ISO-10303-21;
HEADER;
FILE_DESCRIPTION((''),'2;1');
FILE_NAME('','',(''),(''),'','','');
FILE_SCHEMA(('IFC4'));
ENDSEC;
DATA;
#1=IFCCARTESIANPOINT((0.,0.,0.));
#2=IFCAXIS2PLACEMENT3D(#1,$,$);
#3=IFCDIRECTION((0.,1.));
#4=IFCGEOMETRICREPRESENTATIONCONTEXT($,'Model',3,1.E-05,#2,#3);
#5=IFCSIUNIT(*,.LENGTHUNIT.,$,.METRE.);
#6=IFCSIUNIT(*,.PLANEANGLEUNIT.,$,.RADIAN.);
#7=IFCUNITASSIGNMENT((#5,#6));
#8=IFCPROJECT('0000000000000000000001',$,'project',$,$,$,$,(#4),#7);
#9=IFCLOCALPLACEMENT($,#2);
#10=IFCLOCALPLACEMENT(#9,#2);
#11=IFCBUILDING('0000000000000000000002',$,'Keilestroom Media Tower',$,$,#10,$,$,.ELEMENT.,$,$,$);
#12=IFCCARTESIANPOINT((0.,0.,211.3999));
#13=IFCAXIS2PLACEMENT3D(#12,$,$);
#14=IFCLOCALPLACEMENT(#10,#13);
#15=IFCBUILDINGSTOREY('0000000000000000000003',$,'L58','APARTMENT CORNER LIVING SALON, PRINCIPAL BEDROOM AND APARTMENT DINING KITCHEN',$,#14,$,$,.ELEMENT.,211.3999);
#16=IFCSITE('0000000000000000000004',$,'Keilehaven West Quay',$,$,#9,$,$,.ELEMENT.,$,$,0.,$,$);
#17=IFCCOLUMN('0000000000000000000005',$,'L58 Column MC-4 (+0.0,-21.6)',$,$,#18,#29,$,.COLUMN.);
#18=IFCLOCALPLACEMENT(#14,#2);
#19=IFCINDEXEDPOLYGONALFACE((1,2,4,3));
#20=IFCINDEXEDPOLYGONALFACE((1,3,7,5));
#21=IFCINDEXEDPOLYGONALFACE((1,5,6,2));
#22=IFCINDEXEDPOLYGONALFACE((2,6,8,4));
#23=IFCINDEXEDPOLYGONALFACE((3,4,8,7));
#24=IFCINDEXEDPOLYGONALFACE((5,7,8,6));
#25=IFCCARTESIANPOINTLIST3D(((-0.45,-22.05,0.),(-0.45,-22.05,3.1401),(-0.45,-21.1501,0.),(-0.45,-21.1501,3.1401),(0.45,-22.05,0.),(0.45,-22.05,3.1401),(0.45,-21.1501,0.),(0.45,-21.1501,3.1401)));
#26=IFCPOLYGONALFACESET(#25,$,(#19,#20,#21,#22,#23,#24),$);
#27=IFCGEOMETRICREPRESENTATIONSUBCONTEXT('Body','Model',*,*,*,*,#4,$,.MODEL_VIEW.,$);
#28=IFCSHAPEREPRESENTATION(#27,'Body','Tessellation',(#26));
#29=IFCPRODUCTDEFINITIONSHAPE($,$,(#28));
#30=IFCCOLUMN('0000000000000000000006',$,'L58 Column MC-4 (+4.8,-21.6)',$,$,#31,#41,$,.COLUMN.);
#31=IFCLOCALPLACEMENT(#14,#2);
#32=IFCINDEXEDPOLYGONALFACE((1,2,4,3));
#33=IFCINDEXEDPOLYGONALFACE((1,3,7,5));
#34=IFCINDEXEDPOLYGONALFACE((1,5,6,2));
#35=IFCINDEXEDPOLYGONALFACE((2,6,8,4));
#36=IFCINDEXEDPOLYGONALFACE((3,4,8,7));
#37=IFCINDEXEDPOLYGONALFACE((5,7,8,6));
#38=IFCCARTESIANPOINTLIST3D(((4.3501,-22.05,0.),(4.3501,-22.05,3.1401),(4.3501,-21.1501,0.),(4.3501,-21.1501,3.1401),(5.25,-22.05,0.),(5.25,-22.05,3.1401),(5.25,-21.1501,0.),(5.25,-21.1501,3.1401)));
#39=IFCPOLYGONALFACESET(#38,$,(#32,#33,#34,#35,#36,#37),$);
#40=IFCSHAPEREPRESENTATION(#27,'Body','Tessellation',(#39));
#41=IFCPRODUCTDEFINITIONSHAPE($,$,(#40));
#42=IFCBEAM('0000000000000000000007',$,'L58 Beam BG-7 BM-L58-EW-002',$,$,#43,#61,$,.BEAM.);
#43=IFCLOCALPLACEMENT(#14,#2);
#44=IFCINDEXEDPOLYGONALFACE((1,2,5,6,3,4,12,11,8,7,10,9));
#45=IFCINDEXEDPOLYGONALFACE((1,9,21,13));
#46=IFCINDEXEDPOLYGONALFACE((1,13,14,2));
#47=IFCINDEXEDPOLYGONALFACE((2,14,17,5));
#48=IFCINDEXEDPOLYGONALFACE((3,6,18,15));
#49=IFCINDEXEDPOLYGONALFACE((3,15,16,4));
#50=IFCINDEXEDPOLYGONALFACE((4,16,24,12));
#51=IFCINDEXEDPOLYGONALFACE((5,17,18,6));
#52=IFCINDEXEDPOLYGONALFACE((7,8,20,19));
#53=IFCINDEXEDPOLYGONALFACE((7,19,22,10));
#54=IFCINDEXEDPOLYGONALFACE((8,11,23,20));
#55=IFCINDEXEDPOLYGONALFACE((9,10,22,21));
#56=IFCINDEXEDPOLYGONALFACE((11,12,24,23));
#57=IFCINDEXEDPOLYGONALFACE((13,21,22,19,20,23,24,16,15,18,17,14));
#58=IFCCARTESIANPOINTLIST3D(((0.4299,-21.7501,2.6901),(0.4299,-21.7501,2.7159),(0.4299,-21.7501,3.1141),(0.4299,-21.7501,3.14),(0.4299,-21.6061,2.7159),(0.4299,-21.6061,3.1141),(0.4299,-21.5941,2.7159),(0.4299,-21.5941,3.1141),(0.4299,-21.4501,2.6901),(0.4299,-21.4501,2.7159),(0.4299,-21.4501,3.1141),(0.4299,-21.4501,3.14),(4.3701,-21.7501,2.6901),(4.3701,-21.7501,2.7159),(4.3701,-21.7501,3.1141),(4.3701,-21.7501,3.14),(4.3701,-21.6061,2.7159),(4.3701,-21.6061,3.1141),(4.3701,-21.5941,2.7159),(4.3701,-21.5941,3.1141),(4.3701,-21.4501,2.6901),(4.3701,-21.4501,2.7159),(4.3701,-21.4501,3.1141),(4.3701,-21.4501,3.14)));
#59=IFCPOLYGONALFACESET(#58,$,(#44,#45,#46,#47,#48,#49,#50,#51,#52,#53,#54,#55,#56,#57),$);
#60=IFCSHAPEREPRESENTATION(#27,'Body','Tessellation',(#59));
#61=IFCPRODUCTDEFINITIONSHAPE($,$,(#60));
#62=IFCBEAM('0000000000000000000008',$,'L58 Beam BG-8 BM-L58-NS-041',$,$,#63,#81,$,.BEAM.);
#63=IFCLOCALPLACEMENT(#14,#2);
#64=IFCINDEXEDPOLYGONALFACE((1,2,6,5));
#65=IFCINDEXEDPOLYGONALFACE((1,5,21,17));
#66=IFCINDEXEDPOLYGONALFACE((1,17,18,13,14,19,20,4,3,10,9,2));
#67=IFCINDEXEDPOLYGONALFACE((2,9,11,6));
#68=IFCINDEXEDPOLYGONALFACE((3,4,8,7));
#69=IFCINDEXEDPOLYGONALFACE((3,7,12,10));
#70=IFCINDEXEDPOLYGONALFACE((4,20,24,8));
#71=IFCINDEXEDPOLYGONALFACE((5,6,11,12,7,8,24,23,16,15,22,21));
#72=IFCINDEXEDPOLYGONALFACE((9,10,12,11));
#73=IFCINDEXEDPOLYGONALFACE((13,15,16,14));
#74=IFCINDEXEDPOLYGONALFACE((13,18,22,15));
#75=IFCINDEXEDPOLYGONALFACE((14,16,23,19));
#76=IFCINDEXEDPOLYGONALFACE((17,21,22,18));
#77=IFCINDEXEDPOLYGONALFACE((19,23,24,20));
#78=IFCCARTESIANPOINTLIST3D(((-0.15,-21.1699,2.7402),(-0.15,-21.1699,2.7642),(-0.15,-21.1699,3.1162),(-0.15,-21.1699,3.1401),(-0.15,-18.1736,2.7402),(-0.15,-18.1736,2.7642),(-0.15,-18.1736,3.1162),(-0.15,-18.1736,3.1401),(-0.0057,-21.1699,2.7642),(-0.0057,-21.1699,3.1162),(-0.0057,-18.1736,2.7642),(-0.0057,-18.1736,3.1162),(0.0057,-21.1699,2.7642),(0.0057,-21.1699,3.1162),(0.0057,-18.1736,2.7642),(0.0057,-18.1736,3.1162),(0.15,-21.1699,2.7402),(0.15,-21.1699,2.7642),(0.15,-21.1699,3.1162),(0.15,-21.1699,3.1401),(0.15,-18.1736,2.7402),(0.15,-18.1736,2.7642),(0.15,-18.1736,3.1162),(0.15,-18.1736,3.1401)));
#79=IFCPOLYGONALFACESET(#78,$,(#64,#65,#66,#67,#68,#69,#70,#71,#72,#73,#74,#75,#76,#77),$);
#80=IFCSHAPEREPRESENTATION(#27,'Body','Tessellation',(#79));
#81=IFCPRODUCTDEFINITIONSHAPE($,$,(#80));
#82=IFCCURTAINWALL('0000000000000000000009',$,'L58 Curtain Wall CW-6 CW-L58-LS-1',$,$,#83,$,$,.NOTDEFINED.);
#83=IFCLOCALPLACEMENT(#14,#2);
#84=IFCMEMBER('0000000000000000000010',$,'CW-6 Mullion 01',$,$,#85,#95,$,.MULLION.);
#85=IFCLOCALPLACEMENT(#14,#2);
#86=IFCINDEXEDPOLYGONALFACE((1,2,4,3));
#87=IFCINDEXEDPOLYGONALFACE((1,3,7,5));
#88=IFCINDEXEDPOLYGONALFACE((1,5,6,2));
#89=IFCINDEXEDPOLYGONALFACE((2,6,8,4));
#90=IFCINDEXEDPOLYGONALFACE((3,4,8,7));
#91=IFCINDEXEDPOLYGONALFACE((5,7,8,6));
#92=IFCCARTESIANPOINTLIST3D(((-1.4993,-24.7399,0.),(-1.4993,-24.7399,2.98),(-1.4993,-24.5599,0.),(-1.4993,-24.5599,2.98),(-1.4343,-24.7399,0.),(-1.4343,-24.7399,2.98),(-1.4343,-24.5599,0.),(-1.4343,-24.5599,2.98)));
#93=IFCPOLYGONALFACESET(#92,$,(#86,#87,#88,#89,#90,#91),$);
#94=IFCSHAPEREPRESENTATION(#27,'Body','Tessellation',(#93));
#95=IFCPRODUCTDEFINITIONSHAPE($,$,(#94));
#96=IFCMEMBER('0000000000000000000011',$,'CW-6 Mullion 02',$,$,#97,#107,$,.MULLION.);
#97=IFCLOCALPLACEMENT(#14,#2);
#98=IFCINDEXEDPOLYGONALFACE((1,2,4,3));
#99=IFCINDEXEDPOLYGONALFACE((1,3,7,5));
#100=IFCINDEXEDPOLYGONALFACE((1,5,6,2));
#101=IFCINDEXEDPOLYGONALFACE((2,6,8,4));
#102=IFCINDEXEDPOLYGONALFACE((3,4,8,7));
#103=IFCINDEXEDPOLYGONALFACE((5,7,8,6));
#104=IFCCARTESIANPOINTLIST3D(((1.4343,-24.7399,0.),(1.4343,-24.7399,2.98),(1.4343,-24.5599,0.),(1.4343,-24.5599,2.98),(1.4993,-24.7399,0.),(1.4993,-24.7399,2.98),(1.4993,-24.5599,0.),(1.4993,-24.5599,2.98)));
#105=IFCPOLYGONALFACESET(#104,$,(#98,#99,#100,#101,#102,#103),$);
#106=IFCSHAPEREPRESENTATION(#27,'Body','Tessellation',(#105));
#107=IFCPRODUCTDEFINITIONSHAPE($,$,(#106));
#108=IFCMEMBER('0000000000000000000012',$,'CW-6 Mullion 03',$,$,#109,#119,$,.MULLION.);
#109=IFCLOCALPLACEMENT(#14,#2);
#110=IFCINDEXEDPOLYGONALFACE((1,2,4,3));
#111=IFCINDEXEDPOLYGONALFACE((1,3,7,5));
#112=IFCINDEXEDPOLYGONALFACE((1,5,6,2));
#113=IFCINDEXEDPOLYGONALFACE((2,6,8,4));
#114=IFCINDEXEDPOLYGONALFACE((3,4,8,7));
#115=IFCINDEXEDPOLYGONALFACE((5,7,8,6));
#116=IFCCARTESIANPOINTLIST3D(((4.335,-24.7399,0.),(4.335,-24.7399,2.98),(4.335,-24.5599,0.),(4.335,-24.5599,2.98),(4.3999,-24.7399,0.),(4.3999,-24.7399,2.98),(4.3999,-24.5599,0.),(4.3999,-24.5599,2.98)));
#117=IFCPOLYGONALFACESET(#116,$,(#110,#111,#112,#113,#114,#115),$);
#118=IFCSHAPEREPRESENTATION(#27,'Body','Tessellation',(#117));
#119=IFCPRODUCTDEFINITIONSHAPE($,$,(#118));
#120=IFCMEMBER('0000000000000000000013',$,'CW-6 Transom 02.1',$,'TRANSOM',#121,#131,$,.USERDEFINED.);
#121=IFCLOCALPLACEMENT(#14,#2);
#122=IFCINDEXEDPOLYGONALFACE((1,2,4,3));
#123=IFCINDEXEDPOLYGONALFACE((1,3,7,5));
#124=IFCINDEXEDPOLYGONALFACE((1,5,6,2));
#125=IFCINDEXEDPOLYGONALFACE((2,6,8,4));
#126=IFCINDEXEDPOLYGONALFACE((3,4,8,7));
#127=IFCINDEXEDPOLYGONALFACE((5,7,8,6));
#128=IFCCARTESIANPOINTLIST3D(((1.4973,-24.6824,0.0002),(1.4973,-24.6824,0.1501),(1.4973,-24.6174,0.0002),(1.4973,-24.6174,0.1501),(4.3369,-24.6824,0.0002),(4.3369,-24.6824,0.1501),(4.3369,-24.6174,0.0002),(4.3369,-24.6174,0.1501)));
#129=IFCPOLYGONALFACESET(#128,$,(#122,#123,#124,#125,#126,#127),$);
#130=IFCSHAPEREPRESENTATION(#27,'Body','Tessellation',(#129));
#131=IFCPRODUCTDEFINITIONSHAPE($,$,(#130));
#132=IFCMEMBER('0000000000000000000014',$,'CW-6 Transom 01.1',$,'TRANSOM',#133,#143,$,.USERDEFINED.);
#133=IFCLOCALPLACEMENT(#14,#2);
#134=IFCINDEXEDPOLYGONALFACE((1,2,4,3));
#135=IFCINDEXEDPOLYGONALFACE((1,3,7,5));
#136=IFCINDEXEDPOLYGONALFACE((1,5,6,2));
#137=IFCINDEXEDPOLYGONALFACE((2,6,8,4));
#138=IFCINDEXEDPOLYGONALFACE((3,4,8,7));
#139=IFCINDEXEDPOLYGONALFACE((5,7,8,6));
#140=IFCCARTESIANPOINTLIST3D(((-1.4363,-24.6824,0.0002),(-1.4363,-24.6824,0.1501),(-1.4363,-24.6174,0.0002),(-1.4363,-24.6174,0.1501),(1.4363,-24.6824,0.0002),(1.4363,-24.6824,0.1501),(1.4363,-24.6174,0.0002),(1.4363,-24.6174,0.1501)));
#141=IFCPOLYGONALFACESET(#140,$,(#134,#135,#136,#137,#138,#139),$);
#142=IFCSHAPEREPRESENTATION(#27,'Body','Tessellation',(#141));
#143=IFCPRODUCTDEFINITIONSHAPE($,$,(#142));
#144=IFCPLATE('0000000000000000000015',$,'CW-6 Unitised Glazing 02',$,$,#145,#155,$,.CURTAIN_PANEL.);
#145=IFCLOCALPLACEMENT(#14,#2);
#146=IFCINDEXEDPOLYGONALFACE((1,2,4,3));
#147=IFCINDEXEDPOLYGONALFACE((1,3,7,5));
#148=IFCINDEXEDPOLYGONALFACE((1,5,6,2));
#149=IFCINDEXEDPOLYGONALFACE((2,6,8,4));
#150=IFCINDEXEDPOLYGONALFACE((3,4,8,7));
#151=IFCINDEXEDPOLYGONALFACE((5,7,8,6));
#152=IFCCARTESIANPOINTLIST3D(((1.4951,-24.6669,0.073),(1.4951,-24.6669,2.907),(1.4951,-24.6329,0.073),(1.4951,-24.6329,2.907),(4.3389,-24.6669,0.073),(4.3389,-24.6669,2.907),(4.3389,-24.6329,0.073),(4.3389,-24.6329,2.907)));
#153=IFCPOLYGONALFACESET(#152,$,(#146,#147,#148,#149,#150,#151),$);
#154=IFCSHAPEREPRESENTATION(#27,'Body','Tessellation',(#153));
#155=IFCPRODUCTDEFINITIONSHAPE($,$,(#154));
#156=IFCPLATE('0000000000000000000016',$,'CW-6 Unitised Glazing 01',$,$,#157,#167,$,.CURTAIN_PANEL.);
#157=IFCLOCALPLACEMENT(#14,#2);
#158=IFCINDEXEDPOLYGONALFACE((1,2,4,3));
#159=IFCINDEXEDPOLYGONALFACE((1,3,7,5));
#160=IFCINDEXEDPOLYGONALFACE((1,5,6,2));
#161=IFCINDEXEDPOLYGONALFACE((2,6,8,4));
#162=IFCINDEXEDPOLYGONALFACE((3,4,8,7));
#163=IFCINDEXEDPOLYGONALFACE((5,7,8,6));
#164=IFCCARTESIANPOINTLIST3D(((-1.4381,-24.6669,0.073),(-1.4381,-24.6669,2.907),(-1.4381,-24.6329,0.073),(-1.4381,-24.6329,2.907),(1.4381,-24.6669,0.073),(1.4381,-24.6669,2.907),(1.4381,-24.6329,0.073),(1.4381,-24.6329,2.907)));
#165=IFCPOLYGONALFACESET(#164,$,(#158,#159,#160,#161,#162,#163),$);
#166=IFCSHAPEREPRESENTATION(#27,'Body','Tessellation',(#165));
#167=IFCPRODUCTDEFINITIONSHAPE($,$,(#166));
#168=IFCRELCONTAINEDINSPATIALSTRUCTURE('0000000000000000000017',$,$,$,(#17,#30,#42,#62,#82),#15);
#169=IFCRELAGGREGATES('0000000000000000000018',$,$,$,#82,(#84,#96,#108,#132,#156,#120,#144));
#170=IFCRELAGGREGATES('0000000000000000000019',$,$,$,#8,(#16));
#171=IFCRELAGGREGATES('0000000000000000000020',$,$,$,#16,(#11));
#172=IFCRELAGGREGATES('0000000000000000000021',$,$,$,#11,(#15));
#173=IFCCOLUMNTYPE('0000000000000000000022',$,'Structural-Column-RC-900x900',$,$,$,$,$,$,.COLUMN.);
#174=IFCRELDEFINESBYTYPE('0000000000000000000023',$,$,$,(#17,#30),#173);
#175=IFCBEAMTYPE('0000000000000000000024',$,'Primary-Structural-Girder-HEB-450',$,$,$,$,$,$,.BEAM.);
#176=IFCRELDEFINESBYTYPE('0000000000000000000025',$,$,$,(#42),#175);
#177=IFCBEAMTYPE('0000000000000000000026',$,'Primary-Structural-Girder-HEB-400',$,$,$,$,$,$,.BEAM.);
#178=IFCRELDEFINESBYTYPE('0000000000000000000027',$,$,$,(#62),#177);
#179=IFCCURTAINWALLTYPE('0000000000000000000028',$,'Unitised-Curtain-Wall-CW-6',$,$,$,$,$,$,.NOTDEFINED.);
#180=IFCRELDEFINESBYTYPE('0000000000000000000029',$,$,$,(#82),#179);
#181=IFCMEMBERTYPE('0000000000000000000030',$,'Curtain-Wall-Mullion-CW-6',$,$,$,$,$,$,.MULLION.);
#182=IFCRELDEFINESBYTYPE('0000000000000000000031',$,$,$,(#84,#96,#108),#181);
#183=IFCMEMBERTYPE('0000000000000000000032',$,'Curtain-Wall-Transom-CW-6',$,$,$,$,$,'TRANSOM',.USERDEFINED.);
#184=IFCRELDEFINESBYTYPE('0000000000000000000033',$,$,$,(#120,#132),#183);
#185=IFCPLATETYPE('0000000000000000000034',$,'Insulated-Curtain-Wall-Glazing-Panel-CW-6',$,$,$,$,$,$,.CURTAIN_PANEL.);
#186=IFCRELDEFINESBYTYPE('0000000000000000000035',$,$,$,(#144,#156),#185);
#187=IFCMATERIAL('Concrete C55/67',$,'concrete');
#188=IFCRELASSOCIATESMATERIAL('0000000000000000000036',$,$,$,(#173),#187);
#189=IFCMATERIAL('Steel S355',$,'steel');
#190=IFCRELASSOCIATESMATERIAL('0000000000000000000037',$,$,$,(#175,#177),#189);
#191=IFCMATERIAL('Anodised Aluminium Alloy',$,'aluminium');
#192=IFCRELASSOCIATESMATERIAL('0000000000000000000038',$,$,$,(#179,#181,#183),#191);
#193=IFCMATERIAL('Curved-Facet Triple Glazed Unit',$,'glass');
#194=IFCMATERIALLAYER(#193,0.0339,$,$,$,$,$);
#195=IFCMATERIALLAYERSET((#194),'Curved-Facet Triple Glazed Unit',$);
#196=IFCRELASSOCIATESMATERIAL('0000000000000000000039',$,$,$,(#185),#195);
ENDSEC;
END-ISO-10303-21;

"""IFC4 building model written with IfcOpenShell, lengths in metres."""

from ifc_helpers import new_model, si_unit, direction, frame, origin, origin_2d, place, context, subcontext, project, spatial, rectangle, i_section, extrude, source, transform, mapped, material, layer, layer_set, material_profile, profile_set, type_object, element, aggregate, save


model = new_model("IFC4")

# Units and contexts
model_context = context("Model", 3, precision=1e-05, world=origin(), true_north=direction((0.0, 1.0)))
body_context = subcontext(model_context, "Body", "Model", "MODEL_VIEW")
ifc_project = project(units=[si_unit("LENGTHUNIT", "METRE"), si_unit("PLANEANGLEUNIT", "RADIAN")], contexts=[model_context])

# Site, building, storey
site_placement = place(None, origin())
site = spatial("IfcSite", under=ifc_project, at=site_placement, Name="Keilehaven West Quay", CompositionType="ELEMENT", RefElevation=0.0)
building_placement = place(site_placement, origin())
building = spatial("IfcBuilding", under=site, at=building_placement, Name="Keilestroom Media Tower", CompositionType="ELEMENT")
storey_placement = place(building_placement, frame((0.0, 0.0, 211.3999)))
storey = spatial("IfcBuildingStorey", under=building, at=storey_placement, Name="L58", Description="APARTMENT CORNER LIVING SALON, PRINCIPAL BEDROOM AND APARTMENT DINING KITCHEN", CompositionType="ELEMENT", Elevation=211.3999)

# Columns
ifc_material_1 = material(Name="Concrete C55/67", Category="concrete")
ifc_material_profile_1 = material_profile(ifc_material_1, rectangle(XDim=0.8999, YDim=0.8999, at=origin_2d()), Name="RC 900x900")
ifc_profile_set_1 = profile_set([ifc_material_profile_1], Name="Concrete C55/67")
column_type = type_object("IfcColumnType", Name="Structural-Column-RC-900x900", PredefinedType="COLUMN", material=ifc_profile_set_1)
shared_shape_1 = source(origin(), body_context, "Body", "SweptSolid", [
    extrude(rectangle(XDim=0.8999, YDim=0.8999, at=origin_2d()), origin(), (0.0, 0.0, 1.0), 3.1401),
])
for number, where, z_axis, x_axis, name in (
    (1, (0.0, -21.6001, 0.0), (0.0, 0.0, 1.0), (1.0, 0.0, 0.0), "L58 Column MC-4 (+0.0,-21.6)"),
    (2, (4.8, -21.6001, 0.0), (0.0, 0.0, 1.0), (1.0, 0.0, 0.0), "L58 Column MC-4 (+4.8,-21.6)"),
):
    element("IfcColumn", number, at=place(storey_placement, frame(where, z_axis=z_axis, x_axis=x_axis)), inside=storey, type_object=column_type, Name=name, PredefinedType="COLUMN", context=body_context, shape_type="MappedRepresentation", body=[
        mapped(shared_shape_1, transform((0.0, 0.0, 0.0), x_axis=(1.0, 0.0, 0.0), y_axis=(0.0, 1.0, 0.0), z_axis=(0.0, 0.0, 1.0), scale=1.0)),
    ])

# Beams
ifc_material_2 = material(Name="Steel S355", Category="steel")
ifc_material_profile_2 = material_profile(ifc_material_2, i_section(OverallWidth=0.3, OverallDepth=0.45, WebThickness=0.012, FlangeThickness=0.0259, at=origin_2d()), Name="HEB 450")
ifc_profile_set_2 = profile_set([ifc_material_profile_2], Name="Steel S355")
beam_type_1 = type_object("IfcBeamType", Name="Primary-Structural-Girder-HEB-450", PredefinedType="BEAM", material=ifc_profile_set_2)
shared_shape_2 = source(origin(), body_context, "Body", "SweptSolid", [
    extrude(i_section(OverallWidth=0.3, OverallDepth=0.45, WebThickness=0.012, FlangeThickness=0.0259, at=origin_2d()), origin(), (0.0, 0.0, 1.0), 3.9402),
])
beam_1_placement = place(storey_placement, frame((0.4299, -21.6001, 2.915), z_axis=(1.0, 0.0, 0.0), x_axis=(0.0, 1.0, 0.0)))
element("IfcBeam", 3, at=beam_1_placement, inside=storey, type_object=beam_type_1, Name="L58 Beam BG-7 BM-L58-EW-002", PredefinedType="BEAM", context=body_context, shape_type="MappedRepresentation", body=[
    mapped(shared_shape_2, transform((0.0, 0.0, 0.0), x_axis=(1.0, 0.0, 0.0), y_axis=(0.0, 1.0, 0.0), z_axis=(0.0, 0.0, 1.0), scale=1.0)),
])
ifc_material_profile_3 = material_profile(ifc_material_2, i_section(OverallWidth=0.3, OverallDepth=0.3999, WebThickness=0.0115, FlangeThickness=0.0239, at=origin_2d()), Name="HEB 400")
ifc_profile_set_3 = profile_set([ifc_material_profile_3], Name="Steel S355")
beam_type_2 = type_object("IfcBeamType", Name="Primary-Structural-Girder-HEB-400", PredefinedType="BEAM", material=ifc_profile_set_3)
shared_shape_3 = source(origin(), body_context, "Body", "SweptSolid", [
    extrude(i_section(OverallWidth=0.3, OverallDepth=0.3999, WebThickness=0.0115, FlangeThickness=0.0239, at=origin_2d()), origin(), (0.0, 0.0, 1.0), 2.9963),
])
beam_2_placement = place(storey_placement, frame((0.0, -21.1699, 2.9402), z_axis=(0.0, 1.0, 0.0), x_axis=(-1.0, 0.0, 0.0)))
element("IfcBeam", 4, at=beam_2_placement, inside=storey, type_object=beam_type_2, Name="L58 Beam BG-8 BM-L58-NS-041", PredefinedType="BEAM", context=body_context, shape_type="MappedRepresentation", body=[
    mapped(shared_shape_3, transform((0.0, 0.0, 0.0), x_axis=(1.0, 0.0, 0.0), y_axis=(0.0, 1.0, 0.0), z_axis=(0.0, 0.0, 1.0), scale=1.0)),
])

# Curtain wall, members, plates
ifc_material_3 = material(Name="Anodised Aluminium Alloy", Category="aluminium")
curtain_wall_type = type_object("IfcCurtainWallType", Name="Unitised-Curtain-Wall-CW-6", PredefinedType="NOTDEFINED", material=ifc_material_3)
curtain_wall_placement = place(storey_placement, origin())
curtain_wall = element("IfcCurtainWall", 5, at=curtain_wall_placement, inside=storey, type_object=curtain_wall_type, Name="L58 Curtain Wall CW-6 CW-L58-LS-1", PredefinedType="NOTDEFINED")
ifc_material_profile_4 = material_profile(ifc_material_3, rectangle(XDim=0.0649, YDim=0.1799, at=origin_2d()), Name="ALU MULLION 65x180")
ifc_profile_set_4 = profile_set([ifc_material_profile_4], Name="Anodised Aluminium Alloy")
member_type_1 = type_object("IfcMemberType", Name="Curtain-Wall-Mullion-CW-6", PredefinedType="MULLION", material=ifc_profile_set_4)
shared_shape_4 = source(origin(), body_context, "Body", "SweptSolid", [
    extrude(rectangle(XDim=0.0649, YDim=0.1799, at=origin_2d()), origin(), (0.0, 0.0, 1.0), 2.98),
])
member_1_placement = place(storey_placement, frame((-1.4668, -24.6499, 0.0), z_axis=(0.0, 0.0, 1.0), x_axis=(1.0, 0.0, 0.0)))
member_1 = element("IfcMember", 6, at=member_1_placement, type_object=member_type_1, Name="CW-6 Mullion 01", PredefinedType="MULLION", context=body_context, shape_type="MappedRepresentation", body=[
    mapped(shared_shape_4, transform((0.0, 0.0, 0.0), x_axis=(1.0, 0.0, 0.0), y_axis=(0.0, 1.0, 0.0), z_axis=(0.0, 0.0, 1.0), scale=1.0)),
])
member_2_placement = place(storey_placement, frame((1.4668, -24.6499, 0.0), z_axis=(0.0, 0.0, 1.0), x_axis=(1.0, 0.0, 0.0)))
member_2 = element("IfcMember", 7, at=member_2_placement, type_object=member_type_1, Name="CW-6 Mullion 02", PredefinedType="MULLION", context=body_context, shape_type="MappedRepresentation", body=[
    mapped(shared_shape_4, transform((0.0, 0.0, 0.0), x_axis=(1.0, 0.0, 0.0), y_axis=(0.0, 1.0, 0.0), z_axis=(0.0, 0.0, 1.0), scale=1.0)),
])
member_3_placement = place(storey_placement, frame((4.3674, -24.6499, 0.0), z_axis=(0.0, 0.0, 1.0), x_axis=(1.0, 0.0, 0.0)))
member_3 = element("IfcMember", 8, at=member_3_placement, type_object=member_type_1, Name="CW-6 Mullion 03", PredefinedType="MULLION", context=body_context, shape_type="MappedRepresentation", body=[
    mapped(shared_shape_4, transform((0.0, 0.0, 0.0), x_axis=(1.0, 0.0, 0.0), y_axis=(0.0, 1.0, 0.0), z_axis=(0.0, 0.0, 1.0), scale=1.0)),
])
ifc_material_profile_5 = material_profile(ifc_material_3, rectangle(XDim=0.0649, YDim=0.1499, at=origin_2d()), Name="ALU TRANSOM 65x150")
ifc_profile_set_5 = profile_set([ifc_material_profile_5], Name="Anodised Aluminium Alloy")
member_type_2 = type_object("IfcMemberType", Name="Curtain-Wall-Transom-CW-6", ElementType="TRANSOM", PredefinedType="USERDEFINED", material=ifc_profile_set_5)
shared_shape_5 = source(origin(), body_context, "Body", "SweptSolid", [
    extrude(rectangle(XDim=0.0649, YDim=0.1499, at=origin_2d()), origin(), (0.0, 0.0, 1.0), 2.8396),
])
member_4_placement = place(storey_placement, frame((1.4973, -24.6499, 0.0752), z_axis=(1.0, 0.0, 0.0), x_axis=(0.0, 1.0, 0.0)))
member_4 = element("IfcMember", 9, at=member_4_placement, type_object=member_type_2, Name="CW-6 Transom 02.1", ObjectType="TRANSOM", PredefinedType="USERDEFINED", context=body_context, shape_type="MappedRepresentation", body=[
    mapped(shared_shape_5, transform((0.0, 0.0, 0.0), x_axis=(1.0, 0.0, 0.0), y_axis=(0.0, 1.0, 0.0), z_axis=(0.0, 0.0, 1.0), scale=1.0)),
])
shared_shape_6 = source(origin(), body_context, "Body", "SweptSolid", [
    extrude(rectangle(XDim=0.0649, YDim=0.1499, at=origin_2d()), origin(), (0.0, 0.0, 1.0), 2.8726),
])
member_5_placement = place(storey_placement, frame((-1.4363, -24.6499, 0.0752), z_axis=(1.0, 0.0, 0.0), x_axis=(0.0, 1.0, 0.0)))
member_5 = element("IfcMember", 10, at=member_5_placement, type_object=member_type_2, Name="CW-6 Transom 01.1", ObjectType="TRANSOM", PredefinedType="USERDEFINED", context=body_context, shape_type="MappedRepresentation", body=[
    mapped(shared_shape_6, transform((0.0, 0.0, 0.0), x_axis=(1.0, 0.0, 0.0), y_axis=(0.0, 1.0, 0.0), z_axis=(0.0, 0.0, 1.0), scale=1.0)),
])
ifc_material_4 = material(Name="Curved-Facet Triple Glazed Unit", Category="glass")
ifc_layer_1 = layer(ifc_material_4, 0.0339)
ifc_layer_set_1 = layer_set([ifc_layer_1], Name="Curved-Facet Triple Glazed Unit")
plate_type = type_object("IfcPlateType", Name="Insulated-Curtain-Wall-Glazing-Panel-CW-6", PredefinedType="CURTAIN_PANEL", material=ifc_layer_set_1)
shared_shape_7 = source(origin(), body_context, "Body", "SweptSolid", [
    extrude(rectangle(XDim=2.8438, YDim=0.0339, at=origin_2d()), origin(), (0.0, 0.0, 1.0), 2.834),
])
plate_1_placement = place(storey_placement, frame((2.917, -24.6499, 0.073), z_axis=(0.0, 0.0, 1.0), x_axis=(1.0, 0.0, 0.0)))
plate_1 = element("IfcPlate", 11, at=plate_1_placement, type_object=plate_type, Name="CW-6 Unitised Glazing 02", PredefinedType="CURTAIN_PANEL", context=body_context, shape_type="MappedRepresentation", body=[
    mapped(shared_shape_7, transform((0.0, 0.0, 0.0), x_axis=(1.0, 0.0, 0.0), y_axis=(0.0, 1.0, 0.0), z_axis=(0.0, 0.0, 1.0), scale=1.0)),
])
shared_shape_8 = source(origin(), body_context, "Body", "SweptSolid", [
    extrude(rectangle(XDim=2.8762, YDim=0.0339, at=origin_2d()), origin(), (0.0, 0.0, 1.0), 2.834),
])
plate_2_placement = place(storey_placement, frame((0.0, -24.6499, 0.073), z_axis=(0.0, 0.0, 1.0), x_axis=(1.0, 0.0, 0.0)))
plate_2 = element("IfcPlate", 12, at=plate_2_placement, type_object=plate_type, Name="CW-6 Unitised Glazing 01", PredefinedType="CURTAIN_PANEL", context=body_context, shape_type="MappedRepresentation", body=[
    mapped(shared_shape_8, transform((0.0, 0.0, 0.0), x_axis=(1.0, 0.0, 0.0), y_axis=(0.0, 1.0, 0.0), z_axis=(0.0, 0.0, 1.0), scale=1.0)),
])
aggregate(curtain_wall, [member_1, member_2, member_3, member_5, plate_2, member_4, plate_1])

save(model, "model.ifc")
